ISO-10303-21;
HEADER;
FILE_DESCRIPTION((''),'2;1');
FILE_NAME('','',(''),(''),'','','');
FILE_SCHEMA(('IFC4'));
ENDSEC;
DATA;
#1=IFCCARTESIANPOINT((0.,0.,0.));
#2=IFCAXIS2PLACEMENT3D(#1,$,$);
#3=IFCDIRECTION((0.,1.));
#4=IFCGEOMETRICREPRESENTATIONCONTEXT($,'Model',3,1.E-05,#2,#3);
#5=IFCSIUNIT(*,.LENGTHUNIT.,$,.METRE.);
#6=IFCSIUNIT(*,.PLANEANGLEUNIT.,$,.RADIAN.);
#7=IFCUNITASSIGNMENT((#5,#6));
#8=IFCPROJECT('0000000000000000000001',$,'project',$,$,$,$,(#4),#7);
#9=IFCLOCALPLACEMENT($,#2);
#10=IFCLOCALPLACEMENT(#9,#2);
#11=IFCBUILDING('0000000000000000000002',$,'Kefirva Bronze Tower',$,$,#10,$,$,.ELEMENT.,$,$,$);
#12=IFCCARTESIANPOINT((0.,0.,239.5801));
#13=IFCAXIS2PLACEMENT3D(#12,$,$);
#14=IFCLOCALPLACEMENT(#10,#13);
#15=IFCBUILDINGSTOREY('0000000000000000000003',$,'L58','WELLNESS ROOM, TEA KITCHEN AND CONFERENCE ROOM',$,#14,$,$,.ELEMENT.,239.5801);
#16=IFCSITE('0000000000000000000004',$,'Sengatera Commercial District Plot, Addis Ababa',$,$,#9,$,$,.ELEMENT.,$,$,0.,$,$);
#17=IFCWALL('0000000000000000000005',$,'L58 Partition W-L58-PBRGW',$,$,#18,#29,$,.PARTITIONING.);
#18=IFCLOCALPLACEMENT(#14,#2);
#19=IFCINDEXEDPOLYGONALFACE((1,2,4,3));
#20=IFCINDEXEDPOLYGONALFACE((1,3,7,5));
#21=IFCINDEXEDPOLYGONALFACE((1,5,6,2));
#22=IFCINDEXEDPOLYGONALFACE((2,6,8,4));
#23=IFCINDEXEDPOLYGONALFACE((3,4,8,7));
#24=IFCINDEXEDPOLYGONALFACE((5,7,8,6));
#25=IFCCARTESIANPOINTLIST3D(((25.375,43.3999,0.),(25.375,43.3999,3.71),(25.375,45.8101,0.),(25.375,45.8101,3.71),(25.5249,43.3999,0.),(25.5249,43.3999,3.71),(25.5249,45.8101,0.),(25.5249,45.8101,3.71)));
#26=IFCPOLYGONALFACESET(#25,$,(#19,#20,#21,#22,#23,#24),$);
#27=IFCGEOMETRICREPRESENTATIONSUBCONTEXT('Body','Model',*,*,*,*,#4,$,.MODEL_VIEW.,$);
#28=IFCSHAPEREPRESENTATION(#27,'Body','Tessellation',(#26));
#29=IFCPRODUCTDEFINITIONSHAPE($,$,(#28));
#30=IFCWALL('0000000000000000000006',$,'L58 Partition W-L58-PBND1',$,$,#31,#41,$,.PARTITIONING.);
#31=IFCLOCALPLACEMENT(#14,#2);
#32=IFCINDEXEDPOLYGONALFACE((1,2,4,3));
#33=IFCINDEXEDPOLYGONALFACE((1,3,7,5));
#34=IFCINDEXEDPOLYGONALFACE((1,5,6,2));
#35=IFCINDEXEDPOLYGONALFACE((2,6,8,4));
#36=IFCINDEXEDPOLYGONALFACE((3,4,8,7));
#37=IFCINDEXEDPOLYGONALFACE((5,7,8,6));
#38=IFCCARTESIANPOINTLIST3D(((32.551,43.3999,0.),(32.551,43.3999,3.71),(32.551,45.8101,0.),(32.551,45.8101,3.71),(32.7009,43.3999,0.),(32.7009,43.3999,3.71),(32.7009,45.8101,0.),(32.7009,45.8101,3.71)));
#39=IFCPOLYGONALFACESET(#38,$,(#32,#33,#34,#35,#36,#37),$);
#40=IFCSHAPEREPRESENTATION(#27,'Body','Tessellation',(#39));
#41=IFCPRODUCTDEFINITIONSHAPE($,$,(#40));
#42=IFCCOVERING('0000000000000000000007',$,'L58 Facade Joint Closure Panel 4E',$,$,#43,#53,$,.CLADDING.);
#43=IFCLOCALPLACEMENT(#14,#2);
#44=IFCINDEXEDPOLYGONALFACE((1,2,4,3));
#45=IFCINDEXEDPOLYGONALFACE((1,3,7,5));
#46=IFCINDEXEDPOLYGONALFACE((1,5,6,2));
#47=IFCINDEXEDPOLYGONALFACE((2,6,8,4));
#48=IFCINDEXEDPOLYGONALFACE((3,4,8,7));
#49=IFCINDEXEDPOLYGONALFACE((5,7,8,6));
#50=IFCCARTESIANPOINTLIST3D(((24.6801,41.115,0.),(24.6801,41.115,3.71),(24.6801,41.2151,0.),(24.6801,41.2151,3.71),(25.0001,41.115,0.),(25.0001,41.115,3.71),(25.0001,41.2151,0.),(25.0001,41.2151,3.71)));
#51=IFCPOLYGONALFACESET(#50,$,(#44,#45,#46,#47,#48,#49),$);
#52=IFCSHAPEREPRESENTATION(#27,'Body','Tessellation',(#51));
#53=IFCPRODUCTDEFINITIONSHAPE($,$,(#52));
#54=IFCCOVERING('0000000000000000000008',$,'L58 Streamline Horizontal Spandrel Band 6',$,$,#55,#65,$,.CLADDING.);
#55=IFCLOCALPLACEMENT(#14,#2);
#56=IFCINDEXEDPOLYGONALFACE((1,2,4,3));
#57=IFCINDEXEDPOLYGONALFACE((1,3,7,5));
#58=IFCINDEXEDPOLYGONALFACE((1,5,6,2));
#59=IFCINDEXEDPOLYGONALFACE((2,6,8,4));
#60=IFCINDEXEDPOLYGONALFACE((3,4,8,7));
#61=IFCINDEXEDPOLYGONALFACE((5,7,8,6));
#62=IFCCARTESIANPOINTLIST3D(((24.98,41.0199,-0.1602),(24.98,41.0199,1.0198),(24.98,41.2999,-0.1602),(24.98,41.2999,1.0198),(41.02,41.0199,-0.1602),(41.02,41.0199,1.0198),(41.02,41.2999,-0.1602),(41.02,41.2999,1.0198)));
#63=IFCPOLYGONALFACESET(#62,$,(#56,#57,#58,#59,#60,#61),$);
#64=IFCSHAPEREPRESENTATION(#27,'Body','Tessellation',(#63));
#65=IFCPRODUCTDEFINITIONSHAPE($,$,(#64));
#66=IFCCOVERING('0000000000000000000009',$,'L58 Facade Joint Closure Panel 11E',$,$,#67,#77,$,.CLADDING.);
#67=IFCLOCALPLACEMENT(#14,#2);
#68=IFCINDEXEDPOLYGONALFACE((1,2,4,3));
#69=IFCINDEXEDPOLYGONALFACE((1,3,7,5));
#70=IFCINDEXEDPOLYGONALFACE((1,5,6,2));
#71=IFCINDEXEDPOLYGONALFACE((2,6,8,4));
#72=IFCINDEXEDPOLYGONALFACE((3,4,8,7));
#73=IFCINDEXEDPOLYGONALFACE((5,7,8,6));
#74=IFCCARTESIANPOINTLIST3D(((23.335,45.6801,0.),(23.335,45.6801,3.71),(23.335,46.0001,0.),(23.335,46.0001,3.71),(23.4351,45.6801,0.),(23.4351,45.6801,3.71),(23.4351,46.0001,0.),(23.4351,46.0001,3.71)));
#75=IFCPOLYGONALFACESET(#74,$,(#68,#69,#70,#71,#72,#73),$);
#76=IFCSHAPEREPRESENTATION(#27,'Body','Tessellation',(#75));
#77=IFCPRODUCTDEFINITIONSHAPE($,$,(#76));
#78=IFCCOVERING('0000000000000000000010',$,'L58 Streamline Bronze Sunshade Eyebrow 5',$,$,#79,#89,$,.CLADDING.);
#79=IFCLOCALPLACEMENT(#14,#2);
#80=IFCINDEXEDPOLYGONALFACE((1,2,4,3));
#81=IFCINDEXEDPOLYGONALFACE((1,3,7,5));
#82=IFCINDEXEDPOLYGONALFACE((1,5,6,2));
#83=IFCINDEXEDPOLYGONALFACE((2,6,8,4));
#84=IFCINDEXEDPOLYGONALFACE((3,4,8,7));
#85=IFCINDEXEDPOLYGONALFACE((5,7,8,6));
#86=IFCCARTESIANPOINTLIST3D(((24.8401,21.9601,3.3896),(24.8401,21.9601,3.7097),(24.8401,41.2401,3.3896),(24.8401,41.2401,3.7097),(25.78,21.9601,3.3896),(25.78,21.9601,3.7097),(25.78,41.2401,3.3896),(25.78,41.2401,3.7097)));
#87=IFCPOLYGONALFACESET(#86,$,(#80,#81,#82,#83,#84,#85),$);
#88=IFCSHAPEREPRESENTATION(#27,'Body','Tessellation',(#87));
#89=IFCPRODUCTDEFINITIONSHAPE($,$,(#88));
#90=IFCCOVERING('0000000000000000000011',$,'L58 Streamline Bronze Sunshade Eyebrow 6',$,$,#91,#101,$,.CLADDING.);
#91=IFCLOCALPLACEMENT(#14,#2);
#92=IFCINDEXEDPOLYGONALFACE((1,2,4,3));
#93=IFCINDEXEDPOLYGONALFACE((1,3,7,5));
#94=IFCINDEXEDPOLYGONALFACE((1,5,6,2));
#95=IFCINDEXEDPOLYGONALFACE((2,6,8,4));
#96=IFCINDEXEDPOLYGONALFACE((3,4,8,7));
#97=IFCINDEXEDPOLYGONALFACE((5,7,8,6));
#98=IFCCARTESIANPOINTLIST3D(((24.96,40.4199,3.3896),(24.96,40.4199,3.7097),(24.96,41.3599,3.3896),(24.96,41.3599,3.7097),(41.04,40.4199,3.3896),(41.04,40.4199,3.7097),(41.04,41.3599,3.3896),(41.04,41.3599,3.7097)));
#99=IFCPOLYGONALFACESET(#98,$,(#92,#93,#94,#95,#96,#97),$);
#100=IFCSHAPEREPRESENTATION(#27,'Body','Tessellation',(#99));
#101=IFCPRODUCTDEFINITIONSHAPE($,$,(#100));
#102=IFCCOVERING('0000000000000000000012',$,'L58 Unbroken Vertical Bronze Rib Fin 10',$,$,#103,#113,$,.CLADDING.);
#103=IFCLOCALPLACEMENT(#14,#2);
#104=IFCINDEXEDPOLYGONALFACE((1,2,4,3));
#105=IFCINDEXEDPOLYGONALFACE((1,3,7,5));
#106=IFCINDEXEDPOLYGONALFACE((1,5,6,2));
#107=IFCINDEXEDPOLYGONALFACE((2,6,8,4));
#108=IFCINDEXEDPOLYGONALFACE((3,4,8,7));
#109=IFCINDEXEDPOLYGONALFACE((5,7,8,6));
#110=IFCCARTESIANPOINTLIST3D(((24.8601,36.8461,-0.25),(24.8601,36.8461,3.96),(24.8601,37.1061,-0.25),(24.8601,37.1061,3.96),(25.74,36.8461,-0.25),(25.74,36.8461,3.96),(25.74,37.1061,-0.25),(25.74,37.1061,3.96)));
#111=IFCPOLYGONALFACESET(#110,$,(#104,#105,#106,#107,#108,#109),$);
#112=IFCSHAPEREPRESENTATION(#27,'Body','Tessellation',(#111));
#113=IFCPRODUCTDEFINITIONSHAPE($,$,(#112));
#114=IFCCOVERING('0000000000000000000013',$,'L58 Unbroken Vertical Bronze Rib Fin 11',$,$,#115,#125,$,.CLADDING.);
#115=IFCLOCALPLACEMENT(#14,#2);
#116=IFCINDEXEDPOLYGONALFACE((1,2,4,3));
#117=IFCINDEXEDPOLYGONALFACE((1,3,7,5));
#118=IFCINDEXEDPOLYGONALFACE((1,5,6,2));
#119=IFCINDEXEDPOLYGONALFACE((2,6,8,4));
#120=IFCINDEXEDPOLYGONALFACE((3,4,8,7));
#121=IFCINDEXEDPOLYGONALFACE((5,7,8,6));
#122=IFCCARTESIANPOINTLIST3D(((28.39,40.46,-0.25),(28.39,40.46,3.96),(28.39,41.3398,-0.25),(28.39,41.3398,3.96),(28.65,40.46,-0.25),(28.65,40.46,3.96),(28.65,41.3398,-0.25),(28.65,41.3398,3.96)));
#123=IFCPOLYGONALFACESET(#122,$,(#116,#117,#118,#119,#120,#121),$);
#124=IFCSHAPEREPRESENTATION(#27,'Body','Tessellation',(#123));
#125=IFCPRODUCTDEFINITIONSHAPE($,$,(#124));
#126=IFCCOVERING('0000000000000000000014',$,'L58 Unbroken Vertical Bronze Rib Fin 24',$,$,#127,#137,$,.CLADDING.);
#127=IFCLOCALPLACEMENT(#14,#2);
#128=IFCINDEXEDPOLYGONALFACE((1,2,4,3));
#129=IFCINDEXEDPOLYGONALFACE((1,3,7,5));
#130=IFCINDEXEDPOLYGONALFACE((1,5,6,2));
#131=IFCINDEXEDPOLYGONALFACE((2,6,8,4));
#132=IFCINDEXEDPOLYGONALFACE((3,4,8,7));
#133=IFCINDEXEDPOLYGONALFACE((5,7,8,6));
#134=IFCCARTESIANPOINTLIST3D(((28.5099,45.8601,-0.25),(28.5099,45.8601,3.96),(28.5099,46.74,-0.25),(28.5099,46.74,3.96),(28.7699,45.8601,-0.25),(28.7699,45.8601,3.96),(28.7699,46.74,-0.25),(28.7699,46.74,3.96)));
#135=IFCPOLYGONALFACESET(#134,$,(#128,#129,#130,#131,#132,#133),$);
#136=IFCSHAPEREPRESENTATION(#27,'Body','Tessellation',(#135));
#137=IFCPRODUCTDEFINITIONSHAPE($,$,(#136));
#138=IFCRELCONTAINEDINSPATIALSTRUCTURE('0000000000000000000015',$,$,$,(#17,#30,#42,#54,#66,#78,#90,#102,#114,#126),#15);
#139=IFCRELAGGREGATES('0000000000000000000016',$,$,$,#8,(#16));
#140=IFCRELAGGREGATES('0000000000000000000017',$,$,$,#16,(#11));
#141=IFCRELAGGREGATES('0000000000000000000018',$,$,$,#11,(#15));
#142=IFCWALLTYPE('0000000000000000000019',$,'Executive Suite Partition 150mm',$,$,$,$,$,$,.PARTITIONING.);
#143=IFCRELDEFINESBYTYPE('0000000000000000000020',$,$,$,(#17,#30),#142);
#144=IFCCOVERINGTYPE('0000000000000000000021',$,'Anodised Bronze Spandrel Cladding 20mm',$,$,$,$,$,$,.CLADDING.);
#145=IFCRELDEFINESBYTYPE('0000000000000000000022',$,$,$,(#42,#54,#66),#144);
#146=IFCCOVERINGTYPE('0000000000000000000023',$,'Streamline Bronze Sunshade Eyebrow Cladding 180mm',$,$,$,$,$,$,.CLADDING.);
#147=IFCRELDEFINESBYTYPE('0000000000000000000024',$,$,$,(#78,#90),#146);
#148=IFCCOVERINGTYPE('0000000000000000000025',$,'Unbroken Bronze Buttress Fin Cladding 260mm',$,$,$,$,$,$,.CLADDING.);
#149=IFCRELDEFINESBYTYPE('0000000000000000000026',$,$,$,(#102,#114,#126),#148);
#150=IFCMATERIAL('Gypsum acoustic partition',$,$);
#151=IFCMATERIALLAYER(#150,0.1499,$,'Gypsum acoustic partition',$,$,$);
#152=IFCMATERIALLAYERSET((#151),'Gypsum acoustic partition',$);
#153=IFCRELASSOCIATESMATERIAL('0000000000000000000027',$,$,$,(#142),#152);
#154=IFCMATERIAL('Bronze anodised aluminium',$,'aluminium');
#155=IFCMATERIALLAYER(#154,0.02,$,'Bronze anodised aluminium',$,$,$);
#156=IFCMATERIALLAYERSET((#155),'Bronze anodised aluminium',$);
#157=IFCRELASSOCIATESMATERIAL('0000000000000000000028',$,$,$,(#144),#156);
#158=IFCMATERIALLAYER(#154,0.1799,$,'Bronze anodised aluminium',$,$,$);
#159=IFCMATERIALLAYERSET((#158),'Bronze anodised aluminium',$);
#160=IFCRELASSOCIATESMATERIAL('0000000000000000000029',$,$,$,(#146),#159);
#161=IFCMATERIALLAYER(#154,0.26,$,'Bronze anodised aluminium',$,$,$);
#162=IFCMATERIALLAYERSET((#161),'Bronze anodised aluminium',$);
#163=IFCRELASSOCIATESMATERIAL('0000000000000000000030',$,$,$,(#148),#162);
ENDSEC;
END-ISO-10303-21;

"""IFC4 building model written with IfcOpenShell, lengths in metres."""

from ifc_helpers import new_model, si_unit, direction, frame, frame_2d, origin, origin_2d, place, context, subcontext, project, spatial, rectangle, extrude, material, layer, layer_set, type_object, element, save


model = new_model("IFC4")

# Units and contexts
model_context = context("Model", 3, precision=1e-05, world=origin(), true_north=direction((0.0, 1.0)))
body_context = subcontext(model_context, "Body", "Model", "MODEL_VIEW")
ifc_project = project(units=[si_unit("LENGTHUNIT", "METRE"), si_unit("PLANEANGLEUNIT", "RADIAN")], contexts=[model_context])

# Site, building, storey
site_placement = place(None, origin())
site = spatial("IfcSite", under=ifc_project, at=site_placement, Name="Sengatera Commercial District Plot, Addis Ababa", CompositionType="ELEMENT", RefElevation=0.0)
building_placement = place(site_placement, origin())
building = spatial("IfcBuilding", under=site, at=building_placement, Name="Kefirva Bronze Tower", CompositionType="ELEMENT")
storey_placement = place(building_placement, frame((0.0, 0.0, 239.5801)))
storey = spatial("IfcBuildingStorey", under=building, at=storey_placement, Name="L58", Description="WELLNESS ROOM, TEA KITCHEN AND CONFERENCE ROOM", CompositionType="ELEMENT", Elevation=239.5801)

# Shared definitions
ifc_material_1 = material(Name="Bronze anodised aluminium", Category="aluminium")

# Shared definitions
ifc_material_2 = material(Name="Gypsum acoustic partition")
ifc_layer_1 = layer(ifc_material_2, 0.1499, Name="Gypsum acoustic partition")
ifc_layer_set_1 = layer_set([ifc_layer_1], Name="Gypsum acoustic partition")
wall_type = type_object("IfcWallType", Name="Executive Suite Partition 150mm", PredefinedType="PARTITIONING", material=ifc_layer_set_1)

# Walls
for number, where, z_axis, x_axis, name in (
    (1, (25.45, 43.3999, 0.0), (0.0, 0.0, 1.0), (0.0, 1.0, 0.0), "L58 Partition W-L58-PBRGW"),
    (2, (32.626, 43.3999, 0.0), (0.0, 0.0, 1.0), (0.0, 1.0, 0.0), "L58 Partition W-L58-PBND1"),
):
    element("IfcWall", number, at=place(storey_placement, frame(where, z_axis=z_axis, x_axis=x_axis)), inside=storey, type_object=wall_type, Name=name, PredefinedType="PARTITIONING", context=body_context, shape_type="SweptSolid", body=[
        extrude(rectangle(XDim=2.4102, YDim=0.1499, at=frame_2d((1.2051, 0.0))), origin(), (0.0, 0.0, 1.0), 3.71),
    ])

# Coverings
ifc_layer_2 = layer(ifc_material_1, 0.02, Name="Bronze anodised aluminium")
ifc_layer_set_2 = layer_set([ifc_layer_2], Name="Bronze anodised aluminium")
covering_type_1 = type_object("IfcCoveringType", Name="Anodised Bronze Spandrel Cladding 20mm", PredefinedType="CLADDING", material=ifc_layer_set_2)
covering_1_placement = place(storey_placement, frame((24.8401, 41.165, 0.0), z_axis=(0.0, 0.0, 1.0), x_axis=(0.0, 1.0, 0.0)))
element("IfcCovering", 3, at=covering_1_placement, inside=storey, type_object=covering_type_1, Name="L58 Facade Joint Closure Panel 4E", PredefinedType="CLADDING", context=body_context, shape_type="SweptSolid", body=[
    extrude(rectangle(XDim=0.1001, YDim=0.3201, at=origin_2d()), origin(), (0.0, 0.0, 1.0), 3.71),
])
covering_2_placement = place(storey_placement, frame((33.0, 41.1599, -0.1602), z_axis=(0.0, 0.0, 1.0), x_axis=(1.0, 0.0, 0.0)))
element("IfcCovering", 4, at=covering_2_placement, inside=storey, type_object=covering_type_1, Name="L58 Streamline Horizontal Spandrel Band 6", PredefinedType="CLADDING", context=body_context, shape_type="SweptSolid", body=[
    extrude(rectangle(XDim=16.04, YDim=0.28, at=origin_2d()), origin(), (0.0, 0.0, 1.0), 1.1799),
])
covering_3_placement = place(storey_placement, frame((23.385, 45.8401, 0.0), z_axis=(0.0, 0.0, 1.0), x_axis=(-1.0, 0.0, 0.0)))
element("IfcCovering", 5, at=covering_3_placement, inside=storey, type_object=covering_type_1, Name="L58 Facade Joint Closure Panel 11E", PredefinedType="CLADDING", context=body_context, shape_type="SweptSolid", body=[
    extrude(rectangle(XDim=0.1001, YDim=0.3201, at=origin_2d()), origin(), (0.0, 0.0, 1.0), 3.71),
])
ifc_layer_3 = layer(ifc_material_1, 0.1799, Name="Bronze anodised aluminium")
ifc_layer_set_3 = layer_set([ifc_layer_3], Name="Bronze anodised aluminium")
covering_type_2 = type_object("IfcCoveringType", Name="Streamline Bronze Sunshade Eyebrow Cladding 180mm", PredefinedType="CLADDING", material=ifc_layer_set_3)
covering_4_placement = place(storey_placement, frame((25.3101, 31.6001, 3.3896), z_axis=(0.0, 0.0, 1.0), x_axis=(0.0, 1.0, 0.0)))
element("IfcCovering", 6, at=covering_4_placement, inside=storey, type_object=covering_type_2, Name="L58 Streamline Bronze Sunshade Eyebrow 5", PredefinedType="CLADDING", context=body_context, shape_type="SweptSolid", body=[
    extrude(rectangle(XDim=19.28, YDim=0.9399, at=origin_2d()), origin(), (0.0, 0.0, 1.0), 0.3201),
])
covering_5_placement = place(storey_placement, frame((33.0, 40.8899, 3.3896), z_axis=(0.0, 0.0, 1.0), x_axis=(1.0, 0.0, 0.0)))
element("IfcCovering", 7, at=covering_5_placement, inside=storey, type_object=covering_type_2, Name="L58 Streamline Bronze Sunshade Eyebrow 6", PredefinedType="CLADDING", context=body_context, shape_type="SweptSolid", body=[
    extrude(rectangle(XDim=16.0801, YDim=0.9399, at=origin_2d()), origin(), (0.0, 0.0, 1.0), 0.3201),
])
ifc_layer_4 = layer(ifc_material_1, 0.26, Name="Bronze anodised aluminium")
ifc_layer_set_4 = layer_set([ifc_layer_4], Name="Bronze anodised aluminium")
covering_type_3 = type_object("IfcCoveringType", Name="Unbroken Bronze Buttress Fin Cladding 260mm", PredefinedType="CLADDING", material=ifc_layer_set_4)
for number, where, z_axis, x_axis, name in (
    (8, (25.3, 36.9761, -0.25), (0.0, 0.0, 1.0), (0.0, 1.0, 0.0), "L58 Unbroken Vertical Bronze Rib Fin 10"),
    (9, (28.52, 40.8999, -0.25), (0.0, 0.0, 1.0), (1.0, 0.0, 0.0), "L58 Unbroken Vertical Bronze Rib Fin 11"),
    (10, (28.6399, 46.3, -0.25), (0.0, 0.0, 1.0), (-1.0, 0.0, 0.0), "L58 Unbroken Vertical Bronze Rib Fin 24"),
):
    element("IfcCovering", number, at=place(storey_placement, frame(where, z_axis=z_axis, x_axis=x_axis)), inside=storey, type_object=covering_type_3, Name=name, PredefinedType="CLADDING", context=body_context, shape_type="SweptSolid", body=[
        extrude(rectangle(XDim=0.26, YDim=0.8799, at=origin_2d()), origin(), (0.0, 0.0, 1.0), 4.21),
    ])

save(model, "model.ifc")
